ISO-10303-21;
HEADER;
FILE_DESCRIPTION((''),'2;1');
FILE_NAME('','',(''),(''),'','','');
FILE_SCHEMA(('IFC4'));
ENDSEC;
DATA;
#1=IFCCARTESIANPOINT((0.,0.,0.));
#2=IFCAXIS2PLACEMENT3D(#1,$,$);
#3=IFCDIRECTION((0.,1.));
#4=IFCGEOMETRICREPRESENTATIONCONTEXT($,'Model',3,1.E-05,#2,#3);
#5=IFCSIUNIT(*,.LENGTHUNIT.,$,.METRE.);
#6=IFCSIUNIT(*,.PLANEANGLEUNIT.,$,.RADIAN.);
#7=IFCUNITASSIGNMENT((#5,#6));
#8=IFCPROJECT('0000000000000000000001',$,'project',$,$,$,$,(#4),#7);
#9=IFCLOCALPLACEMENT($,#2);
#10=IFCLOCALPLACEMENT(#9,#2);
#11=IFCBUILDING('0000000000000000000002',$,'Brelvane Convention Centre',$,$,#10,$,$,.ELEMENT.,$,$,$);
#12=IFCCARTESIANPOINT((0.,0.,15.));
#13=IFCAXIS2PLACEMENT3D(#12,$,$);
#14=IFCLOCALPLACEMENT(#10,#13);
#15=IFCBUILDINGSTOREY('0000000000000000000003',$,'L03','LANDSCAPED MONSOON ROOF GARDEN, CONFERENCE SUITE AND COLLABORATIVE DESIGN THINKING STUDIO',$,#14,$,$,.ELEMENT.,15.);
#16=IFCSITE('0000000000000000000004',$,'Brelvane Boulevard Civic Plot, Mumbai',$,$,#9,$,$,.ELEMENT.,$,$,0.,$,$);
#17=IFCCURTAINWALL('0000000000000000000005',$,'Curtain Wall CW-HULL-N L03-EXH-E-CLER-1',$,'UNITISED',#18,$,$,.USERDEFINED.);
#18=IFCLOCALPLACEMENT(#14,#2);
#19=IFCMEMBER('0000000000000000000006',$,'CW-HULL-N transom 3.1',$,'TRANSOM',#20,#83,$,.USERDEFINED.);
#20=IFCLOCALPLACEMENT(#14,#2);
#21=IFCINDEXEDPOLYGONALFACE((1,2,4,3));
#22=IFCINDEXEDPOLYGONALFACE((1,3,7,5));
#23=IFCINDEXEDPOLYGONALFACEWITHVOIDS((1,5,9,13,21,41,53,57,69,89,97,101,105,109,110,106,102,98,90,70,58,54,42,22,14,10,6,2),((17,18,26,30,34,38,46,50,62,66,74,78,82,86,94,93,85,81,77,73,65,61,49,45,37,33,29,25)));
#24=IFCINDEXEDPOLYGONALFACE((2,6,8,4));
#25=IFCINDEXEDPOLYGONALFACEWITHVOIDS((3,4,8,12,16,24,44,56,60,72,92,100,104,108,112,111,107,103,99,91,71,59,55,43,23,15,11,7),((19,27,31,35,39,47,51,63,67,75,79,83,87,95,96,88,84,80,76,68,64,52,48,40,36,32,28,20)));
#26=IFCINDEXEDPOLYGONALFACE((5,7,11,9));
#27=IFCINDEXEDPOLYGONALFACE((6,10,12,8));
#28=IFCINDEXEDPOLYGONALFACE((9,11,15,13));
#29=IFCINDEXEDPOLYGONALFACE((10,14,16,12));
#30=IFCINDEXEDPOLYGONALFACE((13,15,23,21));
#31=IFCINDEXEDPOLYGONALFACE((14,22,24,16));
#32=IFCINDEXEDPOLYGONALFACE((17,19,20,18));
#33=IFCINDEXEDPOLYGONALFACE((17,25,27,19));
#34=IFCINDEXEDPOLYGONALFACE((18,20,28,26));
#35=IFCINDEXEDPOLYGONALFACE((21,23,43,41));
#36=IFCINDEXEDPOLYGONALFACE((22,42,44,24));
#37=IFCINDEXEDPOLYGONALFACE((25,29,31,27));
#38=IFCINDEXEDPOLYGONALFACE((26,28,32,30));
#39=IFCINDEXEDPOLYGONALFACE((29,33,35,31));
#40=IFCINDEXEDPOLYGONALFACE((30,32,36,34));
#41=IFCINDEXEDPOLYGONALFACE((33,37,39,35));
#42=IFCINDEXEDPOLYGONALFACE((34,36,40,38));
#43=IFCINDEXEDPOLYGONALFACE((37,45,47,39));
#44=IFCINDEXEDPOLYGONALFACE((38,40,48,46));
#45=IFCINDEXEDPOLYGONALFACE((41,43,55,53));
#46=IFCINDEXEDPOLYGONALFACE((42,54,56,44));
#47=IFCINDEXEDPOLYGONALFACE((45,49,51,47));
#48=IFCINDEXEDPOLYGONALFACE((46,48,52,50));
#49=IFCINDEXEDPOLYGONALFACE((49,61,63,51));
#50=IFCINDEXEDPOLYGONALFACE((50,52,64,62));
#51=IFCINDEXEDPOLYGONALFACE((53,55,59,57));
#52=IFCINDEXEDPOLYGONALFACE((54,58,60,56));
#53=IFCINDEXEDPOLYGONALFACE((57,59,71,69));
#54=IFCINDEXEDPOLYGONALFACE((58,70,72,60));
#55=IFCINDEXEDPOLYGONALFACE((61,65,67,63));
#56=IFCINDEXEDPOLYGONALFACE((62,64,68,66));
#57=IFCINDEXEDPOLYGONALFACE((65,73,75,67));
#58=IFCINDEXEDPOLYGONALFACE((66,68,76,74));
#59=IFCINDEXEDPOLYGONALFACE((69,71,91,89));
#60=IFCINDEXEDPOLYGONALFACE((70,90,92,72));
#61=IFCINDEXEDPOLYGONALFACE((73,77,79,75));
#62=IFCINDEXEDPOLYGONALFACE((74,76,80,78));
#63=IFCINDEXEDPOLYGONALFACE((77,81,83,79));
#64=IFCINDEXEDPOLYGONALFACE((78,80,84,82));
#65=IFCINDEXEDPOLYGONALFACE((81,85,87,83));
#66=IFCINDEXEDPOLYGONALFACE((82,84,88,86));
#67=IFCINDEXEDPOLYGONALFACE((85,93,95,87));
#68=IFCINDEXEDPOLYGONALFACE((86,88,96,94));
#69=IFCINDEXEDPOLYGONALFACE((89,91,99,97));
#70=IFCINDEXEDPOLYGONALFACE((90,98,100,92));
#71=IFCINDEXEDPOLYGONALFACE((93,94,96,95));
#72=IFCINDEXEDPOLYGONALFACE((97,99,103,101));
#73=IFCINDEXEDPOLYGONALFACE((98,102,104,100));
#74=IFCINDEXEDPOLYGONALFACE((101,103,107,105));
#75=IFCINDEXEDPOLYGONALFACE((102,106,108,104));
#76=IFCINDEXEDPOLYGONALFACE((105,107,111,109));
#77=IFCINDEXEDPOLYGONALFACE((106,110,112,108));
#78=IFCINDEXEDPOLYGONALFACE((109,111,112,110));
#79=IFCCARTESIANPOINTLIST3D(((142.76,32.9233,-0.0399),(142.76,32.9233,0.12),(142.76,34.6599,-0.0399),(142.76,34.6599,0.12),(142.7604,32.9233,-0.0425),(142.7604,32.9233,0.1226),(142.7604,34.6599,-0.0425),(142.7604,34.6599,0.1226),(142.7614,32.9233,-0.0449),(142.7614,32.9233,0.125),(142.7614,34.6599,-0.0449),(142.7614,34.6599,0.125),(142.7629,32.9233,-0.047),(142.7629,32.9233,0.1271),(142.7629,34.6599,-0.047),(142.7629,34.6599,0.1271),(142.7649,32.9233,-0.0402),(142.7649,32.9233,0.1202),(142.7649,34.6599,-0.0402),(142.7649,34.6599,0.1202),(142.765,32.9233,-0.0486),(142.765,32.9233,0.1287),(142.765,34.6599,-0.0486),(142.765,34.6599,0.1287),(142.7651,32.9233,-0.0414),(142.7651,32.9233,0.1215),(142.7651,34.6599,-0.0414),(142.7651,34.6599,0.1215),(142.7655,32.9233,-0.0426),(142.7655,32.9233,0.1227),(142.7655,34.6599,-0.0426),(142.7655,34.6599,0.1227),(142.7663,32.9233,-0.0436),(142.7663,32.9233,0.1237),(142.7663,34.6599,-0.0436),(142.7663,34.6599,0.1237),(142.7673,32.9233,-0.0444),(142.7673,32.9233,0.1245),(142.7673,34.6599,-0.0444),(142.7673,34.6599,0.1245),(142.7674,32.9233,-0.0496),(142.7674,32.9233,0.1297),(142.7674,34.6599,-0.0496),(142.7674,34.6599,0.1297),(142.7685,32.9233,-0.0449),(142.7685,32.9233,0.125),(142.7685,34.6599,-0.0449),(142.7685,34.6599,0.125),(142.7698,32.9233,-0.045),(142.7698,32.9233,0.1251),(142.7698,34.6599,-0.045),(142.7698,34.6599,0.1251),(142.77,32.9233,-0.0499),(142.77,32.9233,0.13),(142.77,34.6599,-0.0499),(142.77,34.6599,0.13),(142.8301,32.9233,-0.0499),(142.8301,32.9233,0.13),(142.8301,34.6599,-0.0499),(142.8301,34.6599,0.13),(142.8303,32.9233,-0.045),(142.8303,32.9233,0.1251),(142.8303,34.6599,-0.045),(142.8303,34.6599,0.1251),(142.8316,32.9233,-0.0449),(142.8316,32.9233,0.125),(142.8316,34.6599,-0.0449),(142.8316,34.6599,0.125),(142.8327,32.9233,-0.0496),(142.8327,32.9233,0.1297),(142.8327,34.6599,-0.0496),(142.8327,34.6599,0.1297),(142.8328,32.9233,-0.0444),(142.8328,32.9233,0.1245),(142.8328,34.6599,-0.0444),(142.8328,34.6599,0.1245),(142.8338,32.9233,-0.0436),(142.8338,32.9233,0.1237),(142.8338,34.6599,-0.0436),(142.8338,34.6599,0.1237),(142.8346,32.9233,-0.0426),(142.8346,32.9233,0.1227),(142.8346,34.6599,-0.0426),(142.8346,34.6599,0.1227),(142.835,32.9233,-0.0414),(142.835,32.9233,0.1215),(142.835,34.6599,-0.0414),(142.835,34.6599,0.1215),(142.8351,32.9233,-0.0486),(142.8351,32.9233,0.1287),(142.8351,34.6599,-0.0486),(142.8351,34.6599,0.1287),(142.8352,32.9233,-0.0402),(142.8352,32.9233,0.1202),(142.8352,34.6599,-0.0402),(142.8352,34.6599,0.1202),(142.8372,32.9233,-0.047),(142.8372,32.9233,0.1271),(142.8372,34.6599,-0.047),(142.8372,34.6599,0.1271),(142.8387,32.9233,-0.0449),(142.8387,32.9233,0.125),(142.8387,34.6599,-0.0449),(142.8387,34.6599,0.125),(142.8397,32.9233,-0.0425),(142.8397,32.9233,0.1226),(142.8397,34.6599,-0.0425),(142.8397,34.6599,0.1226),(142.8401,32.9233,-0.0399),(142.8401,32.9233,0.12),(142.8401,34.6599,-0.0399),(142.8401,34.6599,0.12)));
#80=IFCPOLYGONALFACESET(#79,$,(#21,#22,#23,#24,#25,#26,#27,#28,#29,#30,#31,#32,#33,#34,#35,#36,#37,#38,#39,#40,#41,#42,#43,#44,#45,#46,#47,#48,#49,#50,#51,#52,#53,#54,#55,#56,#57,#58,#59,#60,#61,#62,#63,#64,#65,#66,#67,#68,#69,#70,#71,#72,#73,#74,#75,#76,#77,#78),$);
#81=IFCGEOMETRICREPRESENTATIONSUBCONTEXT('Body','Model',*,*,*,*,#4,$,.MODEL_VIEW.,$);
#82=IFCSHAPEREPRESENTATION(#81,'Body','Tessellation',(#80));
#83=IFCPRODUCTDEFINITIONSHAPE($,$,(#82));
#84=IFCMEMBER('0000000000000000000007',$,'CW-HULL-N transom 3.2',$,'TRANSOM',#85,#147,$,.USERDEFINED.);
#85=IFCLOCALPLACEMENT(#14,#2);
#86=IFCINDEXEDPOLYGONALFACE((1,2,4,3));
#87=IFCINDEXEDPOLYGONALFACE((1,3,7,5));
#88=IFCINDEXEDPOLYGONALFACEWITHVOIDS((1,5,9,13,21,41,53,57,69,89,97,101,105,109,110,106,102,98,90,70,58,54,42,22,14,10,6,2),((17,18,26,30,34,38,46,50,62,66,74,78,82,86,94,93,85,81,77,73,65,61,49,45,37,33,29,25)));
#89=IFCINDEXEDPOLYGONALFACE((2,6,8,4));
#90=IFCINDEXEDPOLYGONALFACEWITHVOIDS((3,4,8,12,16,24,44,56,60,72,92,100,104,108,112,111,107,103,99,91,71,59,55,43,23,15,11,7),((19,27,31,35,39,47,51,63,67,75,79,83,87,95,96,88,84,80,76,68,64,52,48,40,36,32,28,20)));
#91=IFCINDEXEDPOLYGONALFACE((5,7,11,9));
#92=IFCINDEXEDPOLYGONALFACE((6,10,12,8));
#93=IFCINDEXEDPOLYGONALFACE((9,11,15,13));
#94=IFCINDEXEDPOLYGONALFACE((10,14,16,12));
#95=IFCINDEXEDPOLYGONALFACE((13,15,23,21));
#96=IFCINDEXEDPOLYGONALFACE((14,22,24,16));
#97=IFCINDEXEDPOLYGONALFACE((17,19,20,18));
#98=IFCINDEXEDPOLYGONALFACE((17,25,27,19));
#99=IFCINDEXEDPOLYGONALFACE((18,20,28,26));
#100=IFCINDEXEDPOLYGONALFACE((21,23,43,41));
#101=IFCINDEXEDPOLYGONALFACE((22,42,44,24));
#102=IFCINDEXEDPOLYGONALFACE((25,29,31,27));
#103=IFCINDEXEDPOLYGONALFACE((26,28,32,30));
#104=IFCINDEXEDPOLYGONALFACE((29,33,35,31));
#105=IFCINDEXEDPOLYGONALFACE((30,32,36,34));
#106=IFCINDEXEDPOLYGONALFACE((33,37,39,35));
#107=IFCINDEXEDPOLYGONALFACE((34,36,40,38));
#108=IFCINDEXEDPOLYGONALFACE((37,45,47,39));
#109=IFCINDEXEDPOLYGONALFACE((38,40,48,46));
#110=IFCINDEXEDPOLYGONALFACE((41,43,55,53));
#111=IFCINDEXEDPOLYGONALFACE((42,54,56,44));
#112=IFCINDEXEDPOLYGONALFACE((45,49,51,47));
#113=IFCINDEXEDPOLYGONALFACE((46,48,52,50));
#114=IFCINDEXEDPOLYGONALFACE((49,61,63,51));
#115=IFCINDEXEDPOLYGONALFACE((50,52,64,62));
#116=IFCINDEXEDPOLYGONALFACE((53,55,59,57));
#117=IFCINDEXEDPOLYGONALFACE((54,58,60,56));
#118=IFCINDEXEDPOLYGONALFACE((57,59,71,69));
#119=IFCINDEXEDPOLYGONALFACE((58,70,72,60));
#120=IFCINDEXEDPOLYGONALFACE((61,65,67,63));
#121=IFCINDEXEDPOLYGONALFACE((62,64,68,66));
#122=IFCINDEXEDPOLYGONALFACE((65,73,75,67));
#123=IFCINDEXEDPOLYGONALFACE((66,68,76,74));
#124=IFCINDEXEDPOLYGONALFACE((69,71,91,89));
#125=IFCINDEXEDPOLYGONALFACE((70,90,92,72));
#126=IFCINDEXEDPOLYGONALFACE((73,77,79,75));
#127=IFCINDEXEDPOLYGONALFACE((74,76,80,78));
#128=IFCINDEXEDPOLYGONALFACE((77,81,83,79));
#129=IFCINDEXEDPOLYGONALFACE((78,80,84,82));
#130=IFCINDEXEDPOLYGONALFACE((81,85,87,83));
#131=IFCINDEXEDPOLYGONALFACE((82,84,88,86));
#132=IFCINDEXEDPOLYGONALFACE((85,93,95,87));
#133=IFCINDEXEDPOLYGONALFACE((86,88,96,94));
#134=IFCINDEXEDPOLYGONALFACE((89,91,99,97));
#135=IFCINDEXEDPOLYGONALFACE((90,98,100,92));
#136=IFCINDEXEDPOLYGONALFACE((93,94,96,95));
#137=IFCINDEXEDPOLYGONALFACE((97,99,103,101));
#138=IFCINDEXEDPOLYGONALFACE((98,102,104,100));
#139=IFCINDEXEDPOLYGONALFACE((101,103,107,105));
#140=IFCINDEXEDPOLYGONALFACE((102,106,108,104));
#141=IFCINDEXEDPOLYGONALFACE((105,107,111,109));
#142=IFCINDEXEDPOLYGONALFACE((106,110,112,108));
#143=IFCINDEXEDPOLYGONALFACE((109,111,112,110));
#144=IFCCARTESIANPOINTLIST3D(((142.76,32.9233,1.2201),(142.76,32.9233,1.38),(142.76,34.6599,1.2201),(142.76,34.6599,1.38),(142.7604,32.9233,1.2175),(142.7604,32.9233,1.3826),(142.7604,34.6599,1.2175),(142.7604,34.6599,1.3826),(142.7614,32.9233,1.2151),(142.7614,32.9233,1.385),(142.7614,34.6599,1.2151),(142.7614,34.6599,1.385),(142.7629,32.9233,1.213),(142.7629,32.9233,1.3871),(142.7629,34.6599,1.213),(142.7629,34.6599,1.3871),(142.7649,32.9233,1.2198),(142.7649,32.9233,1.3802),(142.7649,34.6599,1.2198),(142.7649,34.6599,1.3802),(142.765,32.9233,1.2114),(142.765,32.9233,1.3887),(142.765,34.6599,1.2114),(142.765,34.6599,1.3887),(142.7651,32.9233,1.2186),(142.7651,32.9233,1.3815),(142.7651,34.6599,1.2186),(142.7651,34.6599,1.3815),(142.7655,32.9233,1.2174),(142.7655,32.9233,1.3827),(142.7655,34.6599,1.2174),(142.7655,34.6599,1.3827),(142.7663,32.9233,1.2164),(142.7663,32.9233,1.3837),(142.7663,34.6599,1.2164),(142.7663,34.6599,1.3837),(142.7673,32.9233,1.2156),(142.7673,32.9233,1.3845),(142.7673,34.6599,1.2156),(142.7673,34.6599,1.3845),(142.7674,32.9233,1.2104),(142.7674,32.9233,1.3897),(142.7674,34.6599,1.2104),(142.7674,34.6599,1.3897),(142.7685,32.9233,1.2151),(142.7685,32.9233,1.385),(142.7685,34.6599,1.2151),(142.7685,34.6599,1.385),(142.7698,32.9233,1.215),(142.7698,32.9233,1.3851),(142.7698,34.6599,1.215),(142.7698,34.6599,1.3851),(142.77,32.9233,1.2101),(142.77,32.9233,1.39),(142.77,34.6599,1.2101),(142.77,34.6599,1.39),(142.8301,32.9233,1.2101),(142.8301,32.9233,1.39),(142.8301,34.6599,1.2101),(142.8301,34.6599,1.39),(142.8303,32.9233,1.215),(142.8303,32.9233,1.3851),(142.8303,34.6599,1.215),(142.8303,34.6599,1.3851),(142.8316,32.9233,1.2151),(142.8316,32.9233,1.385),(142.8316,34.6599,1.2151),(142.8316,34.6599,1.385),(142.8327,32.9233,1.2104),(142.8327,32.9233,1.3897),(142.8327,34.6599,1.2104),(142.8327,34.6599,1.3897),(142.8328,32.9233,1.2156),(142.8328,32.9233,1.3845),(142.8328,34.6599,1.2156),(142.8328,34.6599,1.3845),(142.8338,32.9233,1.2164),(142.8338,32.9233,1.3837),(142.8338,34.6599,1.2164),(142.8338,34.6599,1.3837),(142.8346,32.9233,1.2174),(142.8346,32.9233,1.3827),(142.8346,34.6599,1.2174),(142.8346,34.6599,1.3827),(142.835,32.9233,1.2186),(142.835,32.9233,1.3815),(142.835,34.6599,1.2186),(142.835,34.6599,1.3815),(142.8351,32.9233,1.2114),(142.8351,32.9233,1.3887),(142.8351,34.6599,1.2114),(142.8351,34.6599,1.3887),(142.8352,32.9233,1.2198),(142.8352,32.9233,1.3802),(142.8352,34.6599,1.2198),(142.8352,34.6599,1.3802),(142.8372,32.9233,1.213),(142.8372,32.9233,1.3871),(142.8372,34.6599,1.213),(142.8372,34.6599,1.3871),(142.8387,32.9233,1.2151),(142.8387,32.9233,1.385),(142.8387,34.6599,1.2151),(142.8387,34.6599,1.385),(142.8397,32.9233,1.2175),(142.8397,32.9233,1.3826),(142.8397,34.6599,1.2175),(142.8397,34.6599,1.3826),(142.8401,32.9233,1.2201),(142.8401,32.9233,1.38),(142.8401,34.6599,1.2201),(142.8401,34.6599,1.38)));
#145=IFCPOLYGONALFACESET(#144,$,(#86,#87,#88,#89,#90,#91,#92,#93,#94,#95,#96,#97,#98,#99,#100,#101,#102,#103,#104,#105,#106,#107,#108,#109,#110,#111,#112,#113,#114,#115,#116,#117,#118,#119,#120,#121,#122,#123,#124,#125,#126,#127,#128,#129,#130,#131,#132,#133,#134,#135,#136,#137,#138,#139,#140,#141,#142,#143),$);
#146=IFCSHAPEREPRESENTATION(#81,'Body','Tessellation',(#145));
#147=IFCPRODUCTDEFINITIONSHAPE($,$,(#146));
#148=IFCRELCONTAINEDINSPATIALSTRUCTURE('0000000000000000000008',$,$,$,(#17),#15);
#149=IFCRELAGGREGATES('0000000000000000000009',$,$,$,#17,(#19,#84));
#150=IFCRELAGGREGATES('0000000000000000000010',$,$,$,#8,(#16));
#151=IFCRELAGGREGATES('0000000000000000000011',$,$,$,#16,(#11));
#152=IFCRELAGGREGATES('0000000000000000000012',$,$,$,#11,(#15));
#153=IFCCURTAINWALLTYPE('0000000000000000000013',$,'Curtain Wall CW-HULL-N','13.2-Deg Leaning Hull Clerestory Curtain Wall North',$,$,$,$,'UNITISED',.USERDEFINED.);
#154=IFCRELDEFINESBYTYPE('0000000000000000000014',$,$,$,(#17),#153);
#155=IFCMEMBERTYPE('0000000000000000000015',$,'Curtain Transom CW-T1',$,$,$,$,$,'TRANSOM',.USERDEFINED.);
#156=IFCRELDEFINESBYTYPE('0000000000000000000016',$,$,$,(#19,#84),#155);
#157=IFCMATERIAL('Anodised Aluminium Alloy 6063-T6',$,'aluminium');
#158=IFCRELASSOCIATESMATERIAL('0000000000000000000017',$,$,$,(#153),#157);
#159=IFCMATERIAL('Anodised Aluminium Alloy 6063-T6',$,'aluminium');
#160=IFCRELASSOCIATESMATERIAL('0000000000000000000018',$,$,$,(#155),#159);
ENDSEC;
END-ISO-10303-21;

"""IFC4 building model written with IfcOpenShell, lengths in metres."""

from ifc_helpers import new_model, si_unit, direction, frame, origin, origin_2d, place, context, subcontext, project, spatial, hollow_rectangle, extrude, material, material_profile, profile_set, type_object, element, aggregate, save


model = new_model("IFC4")

# Units and contexts
model_context = context("Model", 3, precision=1e-05, world=origin(), true_north=direction((0.0, 1.0)))
body_context = subcontext(model_context, "Body", "Model", "MODEL_VIEW")
ifc_project = project(units=[si_unit("LENGTHUNIT", "METRE"), si_unit("PLANEANGLEUNIT", "RADIAN")], contexts=[model_context])

# Site, building, storey
site_placement = place(None, origin())
site = spatial("IfcSite", under=ifc_project, at=site_placement, Name="Brelvane Boulevard Civic Plot, Mumbai", CompositionType="ELEMENT", RefElevation=0.0)
building_placement = place(site_placement, origin())
building = spatial("IfcBuilding", under=site, at=building_placement, Name="Brelvane Convention Centre", CompositionType="ELEMENT")
storey_placement = place(building_placement, frame((0.0, 0.0, 15.0)))
storey = spatial("IfcBuildingStorey", under=building, at=storey_placement, Name="L03", Description="LANDSCAPED MONSOON ROOF GARDEN, CONFERENCE SUITE AND COLLABORATIVE DESIGN THINKING STUDIO", CompositionType="ELEMENT", Elevation=15.0)

# Curtain wall, members
ifc_material_1 = material(Name="Anodised Aluminium Alloy 6063-T6", Category="aluminium")
curtain_wall_type = type_object("IfcCurtainWallType", Name="Curtain Wall CW-HULL-N", Description="13.2-Deg Leaning Hull Clerestory Curtain Wall North", ElementType="UNITISED", PredefinedType="USERDEFINED", material=ifc_material_1)
curtain_wall_placement = place(storey_placement, origin())
curtain_wall = element("IfcCurtainWall", 1, at=curtain_wall_placement, inside=storey, type_object=curtain_wall_type, Name="Curtain Wall CW-HULL-N L03-EXH-E-CLER-1", ObjectType="UNITISED", PredefinedType="USERDEFINED")
ifc_material_2 = material(Name="Anodised Aluminium Alloy 6063-T6", Category="aluminium")
ifc_material_profile_1 = material_profile(ifc_material_2, hollow_rectangle(XDim=0.0801, YDim=0.1799, WallThickness=0.0049, InnerFilletRadius=0.0049, OuterFilletRadius=0.01, at=origin_2d()), Name="ALU-T 180x80x5.0")
ifc_profile_set_1 = profile_set([ifc_material_profile_1], Name="Anodised Aluminium Alloy 6063-T6")
member_type_1 = type_object("IfcMemberType", Name="Curtain Transom CW-T1", ElementType="TRANSOM", PredefinedType="USERDEFINED", material=ifc_profile_set_1)
member_1_placement = place(storey_placement, frame((142.8, 32.9233, 0.04), z_axis=(0.0, 1.0, 0.0), x_axis=(-1.0, 0.0, 0.0)))
member_1 = element("IfcMember", 2, at=member_1_placement, type_object=member_type_1, Name="CW-HULL-N transom 3.1", ObjectType="TRANSOM", PredefinedType="USERDEFINED", context=body_context, shape_type="SweptSolid", body=[
    extrude(hollow_rectangle(XDim=0.0801, YDim=0.1799, WallThickness=0.0049, InnerFilletRadius=0.0049, OuterFilletRadius=0.01, at=origin_2d()), origin(), (0.0, 0.0, 1.0), 1.7366),
])
member_2_placement = place(storey_placement, frame((142.8, 32.9233, 1.3), z_axis=(0.0, 1.0, 0.0), x_axis=(-1.0, 0.0, 0.0)))
member_2 = element("IfcMember", 3, at=member_2_placement, type_object=member_type_1, Name="CW-HULL-N transom 3.2", ObjectType="TRANSOM", PredefinedType="USERDEFINED", context=body_context, shape_type="SweptSolid", body=[
    extrude(hollow_rectangle(XDim=0.0801, YDim=0.1799, WallThickness=0.0049, InnerFilletRadius=0.0049, OuterFilletRadius=0.01, at=origin_2d()), origin(), (0.0, 0.0, 1.0), 1.7366),
])

aggregate(curtain_wall, [member_1, member_2])

save(model, "model.ifc")
